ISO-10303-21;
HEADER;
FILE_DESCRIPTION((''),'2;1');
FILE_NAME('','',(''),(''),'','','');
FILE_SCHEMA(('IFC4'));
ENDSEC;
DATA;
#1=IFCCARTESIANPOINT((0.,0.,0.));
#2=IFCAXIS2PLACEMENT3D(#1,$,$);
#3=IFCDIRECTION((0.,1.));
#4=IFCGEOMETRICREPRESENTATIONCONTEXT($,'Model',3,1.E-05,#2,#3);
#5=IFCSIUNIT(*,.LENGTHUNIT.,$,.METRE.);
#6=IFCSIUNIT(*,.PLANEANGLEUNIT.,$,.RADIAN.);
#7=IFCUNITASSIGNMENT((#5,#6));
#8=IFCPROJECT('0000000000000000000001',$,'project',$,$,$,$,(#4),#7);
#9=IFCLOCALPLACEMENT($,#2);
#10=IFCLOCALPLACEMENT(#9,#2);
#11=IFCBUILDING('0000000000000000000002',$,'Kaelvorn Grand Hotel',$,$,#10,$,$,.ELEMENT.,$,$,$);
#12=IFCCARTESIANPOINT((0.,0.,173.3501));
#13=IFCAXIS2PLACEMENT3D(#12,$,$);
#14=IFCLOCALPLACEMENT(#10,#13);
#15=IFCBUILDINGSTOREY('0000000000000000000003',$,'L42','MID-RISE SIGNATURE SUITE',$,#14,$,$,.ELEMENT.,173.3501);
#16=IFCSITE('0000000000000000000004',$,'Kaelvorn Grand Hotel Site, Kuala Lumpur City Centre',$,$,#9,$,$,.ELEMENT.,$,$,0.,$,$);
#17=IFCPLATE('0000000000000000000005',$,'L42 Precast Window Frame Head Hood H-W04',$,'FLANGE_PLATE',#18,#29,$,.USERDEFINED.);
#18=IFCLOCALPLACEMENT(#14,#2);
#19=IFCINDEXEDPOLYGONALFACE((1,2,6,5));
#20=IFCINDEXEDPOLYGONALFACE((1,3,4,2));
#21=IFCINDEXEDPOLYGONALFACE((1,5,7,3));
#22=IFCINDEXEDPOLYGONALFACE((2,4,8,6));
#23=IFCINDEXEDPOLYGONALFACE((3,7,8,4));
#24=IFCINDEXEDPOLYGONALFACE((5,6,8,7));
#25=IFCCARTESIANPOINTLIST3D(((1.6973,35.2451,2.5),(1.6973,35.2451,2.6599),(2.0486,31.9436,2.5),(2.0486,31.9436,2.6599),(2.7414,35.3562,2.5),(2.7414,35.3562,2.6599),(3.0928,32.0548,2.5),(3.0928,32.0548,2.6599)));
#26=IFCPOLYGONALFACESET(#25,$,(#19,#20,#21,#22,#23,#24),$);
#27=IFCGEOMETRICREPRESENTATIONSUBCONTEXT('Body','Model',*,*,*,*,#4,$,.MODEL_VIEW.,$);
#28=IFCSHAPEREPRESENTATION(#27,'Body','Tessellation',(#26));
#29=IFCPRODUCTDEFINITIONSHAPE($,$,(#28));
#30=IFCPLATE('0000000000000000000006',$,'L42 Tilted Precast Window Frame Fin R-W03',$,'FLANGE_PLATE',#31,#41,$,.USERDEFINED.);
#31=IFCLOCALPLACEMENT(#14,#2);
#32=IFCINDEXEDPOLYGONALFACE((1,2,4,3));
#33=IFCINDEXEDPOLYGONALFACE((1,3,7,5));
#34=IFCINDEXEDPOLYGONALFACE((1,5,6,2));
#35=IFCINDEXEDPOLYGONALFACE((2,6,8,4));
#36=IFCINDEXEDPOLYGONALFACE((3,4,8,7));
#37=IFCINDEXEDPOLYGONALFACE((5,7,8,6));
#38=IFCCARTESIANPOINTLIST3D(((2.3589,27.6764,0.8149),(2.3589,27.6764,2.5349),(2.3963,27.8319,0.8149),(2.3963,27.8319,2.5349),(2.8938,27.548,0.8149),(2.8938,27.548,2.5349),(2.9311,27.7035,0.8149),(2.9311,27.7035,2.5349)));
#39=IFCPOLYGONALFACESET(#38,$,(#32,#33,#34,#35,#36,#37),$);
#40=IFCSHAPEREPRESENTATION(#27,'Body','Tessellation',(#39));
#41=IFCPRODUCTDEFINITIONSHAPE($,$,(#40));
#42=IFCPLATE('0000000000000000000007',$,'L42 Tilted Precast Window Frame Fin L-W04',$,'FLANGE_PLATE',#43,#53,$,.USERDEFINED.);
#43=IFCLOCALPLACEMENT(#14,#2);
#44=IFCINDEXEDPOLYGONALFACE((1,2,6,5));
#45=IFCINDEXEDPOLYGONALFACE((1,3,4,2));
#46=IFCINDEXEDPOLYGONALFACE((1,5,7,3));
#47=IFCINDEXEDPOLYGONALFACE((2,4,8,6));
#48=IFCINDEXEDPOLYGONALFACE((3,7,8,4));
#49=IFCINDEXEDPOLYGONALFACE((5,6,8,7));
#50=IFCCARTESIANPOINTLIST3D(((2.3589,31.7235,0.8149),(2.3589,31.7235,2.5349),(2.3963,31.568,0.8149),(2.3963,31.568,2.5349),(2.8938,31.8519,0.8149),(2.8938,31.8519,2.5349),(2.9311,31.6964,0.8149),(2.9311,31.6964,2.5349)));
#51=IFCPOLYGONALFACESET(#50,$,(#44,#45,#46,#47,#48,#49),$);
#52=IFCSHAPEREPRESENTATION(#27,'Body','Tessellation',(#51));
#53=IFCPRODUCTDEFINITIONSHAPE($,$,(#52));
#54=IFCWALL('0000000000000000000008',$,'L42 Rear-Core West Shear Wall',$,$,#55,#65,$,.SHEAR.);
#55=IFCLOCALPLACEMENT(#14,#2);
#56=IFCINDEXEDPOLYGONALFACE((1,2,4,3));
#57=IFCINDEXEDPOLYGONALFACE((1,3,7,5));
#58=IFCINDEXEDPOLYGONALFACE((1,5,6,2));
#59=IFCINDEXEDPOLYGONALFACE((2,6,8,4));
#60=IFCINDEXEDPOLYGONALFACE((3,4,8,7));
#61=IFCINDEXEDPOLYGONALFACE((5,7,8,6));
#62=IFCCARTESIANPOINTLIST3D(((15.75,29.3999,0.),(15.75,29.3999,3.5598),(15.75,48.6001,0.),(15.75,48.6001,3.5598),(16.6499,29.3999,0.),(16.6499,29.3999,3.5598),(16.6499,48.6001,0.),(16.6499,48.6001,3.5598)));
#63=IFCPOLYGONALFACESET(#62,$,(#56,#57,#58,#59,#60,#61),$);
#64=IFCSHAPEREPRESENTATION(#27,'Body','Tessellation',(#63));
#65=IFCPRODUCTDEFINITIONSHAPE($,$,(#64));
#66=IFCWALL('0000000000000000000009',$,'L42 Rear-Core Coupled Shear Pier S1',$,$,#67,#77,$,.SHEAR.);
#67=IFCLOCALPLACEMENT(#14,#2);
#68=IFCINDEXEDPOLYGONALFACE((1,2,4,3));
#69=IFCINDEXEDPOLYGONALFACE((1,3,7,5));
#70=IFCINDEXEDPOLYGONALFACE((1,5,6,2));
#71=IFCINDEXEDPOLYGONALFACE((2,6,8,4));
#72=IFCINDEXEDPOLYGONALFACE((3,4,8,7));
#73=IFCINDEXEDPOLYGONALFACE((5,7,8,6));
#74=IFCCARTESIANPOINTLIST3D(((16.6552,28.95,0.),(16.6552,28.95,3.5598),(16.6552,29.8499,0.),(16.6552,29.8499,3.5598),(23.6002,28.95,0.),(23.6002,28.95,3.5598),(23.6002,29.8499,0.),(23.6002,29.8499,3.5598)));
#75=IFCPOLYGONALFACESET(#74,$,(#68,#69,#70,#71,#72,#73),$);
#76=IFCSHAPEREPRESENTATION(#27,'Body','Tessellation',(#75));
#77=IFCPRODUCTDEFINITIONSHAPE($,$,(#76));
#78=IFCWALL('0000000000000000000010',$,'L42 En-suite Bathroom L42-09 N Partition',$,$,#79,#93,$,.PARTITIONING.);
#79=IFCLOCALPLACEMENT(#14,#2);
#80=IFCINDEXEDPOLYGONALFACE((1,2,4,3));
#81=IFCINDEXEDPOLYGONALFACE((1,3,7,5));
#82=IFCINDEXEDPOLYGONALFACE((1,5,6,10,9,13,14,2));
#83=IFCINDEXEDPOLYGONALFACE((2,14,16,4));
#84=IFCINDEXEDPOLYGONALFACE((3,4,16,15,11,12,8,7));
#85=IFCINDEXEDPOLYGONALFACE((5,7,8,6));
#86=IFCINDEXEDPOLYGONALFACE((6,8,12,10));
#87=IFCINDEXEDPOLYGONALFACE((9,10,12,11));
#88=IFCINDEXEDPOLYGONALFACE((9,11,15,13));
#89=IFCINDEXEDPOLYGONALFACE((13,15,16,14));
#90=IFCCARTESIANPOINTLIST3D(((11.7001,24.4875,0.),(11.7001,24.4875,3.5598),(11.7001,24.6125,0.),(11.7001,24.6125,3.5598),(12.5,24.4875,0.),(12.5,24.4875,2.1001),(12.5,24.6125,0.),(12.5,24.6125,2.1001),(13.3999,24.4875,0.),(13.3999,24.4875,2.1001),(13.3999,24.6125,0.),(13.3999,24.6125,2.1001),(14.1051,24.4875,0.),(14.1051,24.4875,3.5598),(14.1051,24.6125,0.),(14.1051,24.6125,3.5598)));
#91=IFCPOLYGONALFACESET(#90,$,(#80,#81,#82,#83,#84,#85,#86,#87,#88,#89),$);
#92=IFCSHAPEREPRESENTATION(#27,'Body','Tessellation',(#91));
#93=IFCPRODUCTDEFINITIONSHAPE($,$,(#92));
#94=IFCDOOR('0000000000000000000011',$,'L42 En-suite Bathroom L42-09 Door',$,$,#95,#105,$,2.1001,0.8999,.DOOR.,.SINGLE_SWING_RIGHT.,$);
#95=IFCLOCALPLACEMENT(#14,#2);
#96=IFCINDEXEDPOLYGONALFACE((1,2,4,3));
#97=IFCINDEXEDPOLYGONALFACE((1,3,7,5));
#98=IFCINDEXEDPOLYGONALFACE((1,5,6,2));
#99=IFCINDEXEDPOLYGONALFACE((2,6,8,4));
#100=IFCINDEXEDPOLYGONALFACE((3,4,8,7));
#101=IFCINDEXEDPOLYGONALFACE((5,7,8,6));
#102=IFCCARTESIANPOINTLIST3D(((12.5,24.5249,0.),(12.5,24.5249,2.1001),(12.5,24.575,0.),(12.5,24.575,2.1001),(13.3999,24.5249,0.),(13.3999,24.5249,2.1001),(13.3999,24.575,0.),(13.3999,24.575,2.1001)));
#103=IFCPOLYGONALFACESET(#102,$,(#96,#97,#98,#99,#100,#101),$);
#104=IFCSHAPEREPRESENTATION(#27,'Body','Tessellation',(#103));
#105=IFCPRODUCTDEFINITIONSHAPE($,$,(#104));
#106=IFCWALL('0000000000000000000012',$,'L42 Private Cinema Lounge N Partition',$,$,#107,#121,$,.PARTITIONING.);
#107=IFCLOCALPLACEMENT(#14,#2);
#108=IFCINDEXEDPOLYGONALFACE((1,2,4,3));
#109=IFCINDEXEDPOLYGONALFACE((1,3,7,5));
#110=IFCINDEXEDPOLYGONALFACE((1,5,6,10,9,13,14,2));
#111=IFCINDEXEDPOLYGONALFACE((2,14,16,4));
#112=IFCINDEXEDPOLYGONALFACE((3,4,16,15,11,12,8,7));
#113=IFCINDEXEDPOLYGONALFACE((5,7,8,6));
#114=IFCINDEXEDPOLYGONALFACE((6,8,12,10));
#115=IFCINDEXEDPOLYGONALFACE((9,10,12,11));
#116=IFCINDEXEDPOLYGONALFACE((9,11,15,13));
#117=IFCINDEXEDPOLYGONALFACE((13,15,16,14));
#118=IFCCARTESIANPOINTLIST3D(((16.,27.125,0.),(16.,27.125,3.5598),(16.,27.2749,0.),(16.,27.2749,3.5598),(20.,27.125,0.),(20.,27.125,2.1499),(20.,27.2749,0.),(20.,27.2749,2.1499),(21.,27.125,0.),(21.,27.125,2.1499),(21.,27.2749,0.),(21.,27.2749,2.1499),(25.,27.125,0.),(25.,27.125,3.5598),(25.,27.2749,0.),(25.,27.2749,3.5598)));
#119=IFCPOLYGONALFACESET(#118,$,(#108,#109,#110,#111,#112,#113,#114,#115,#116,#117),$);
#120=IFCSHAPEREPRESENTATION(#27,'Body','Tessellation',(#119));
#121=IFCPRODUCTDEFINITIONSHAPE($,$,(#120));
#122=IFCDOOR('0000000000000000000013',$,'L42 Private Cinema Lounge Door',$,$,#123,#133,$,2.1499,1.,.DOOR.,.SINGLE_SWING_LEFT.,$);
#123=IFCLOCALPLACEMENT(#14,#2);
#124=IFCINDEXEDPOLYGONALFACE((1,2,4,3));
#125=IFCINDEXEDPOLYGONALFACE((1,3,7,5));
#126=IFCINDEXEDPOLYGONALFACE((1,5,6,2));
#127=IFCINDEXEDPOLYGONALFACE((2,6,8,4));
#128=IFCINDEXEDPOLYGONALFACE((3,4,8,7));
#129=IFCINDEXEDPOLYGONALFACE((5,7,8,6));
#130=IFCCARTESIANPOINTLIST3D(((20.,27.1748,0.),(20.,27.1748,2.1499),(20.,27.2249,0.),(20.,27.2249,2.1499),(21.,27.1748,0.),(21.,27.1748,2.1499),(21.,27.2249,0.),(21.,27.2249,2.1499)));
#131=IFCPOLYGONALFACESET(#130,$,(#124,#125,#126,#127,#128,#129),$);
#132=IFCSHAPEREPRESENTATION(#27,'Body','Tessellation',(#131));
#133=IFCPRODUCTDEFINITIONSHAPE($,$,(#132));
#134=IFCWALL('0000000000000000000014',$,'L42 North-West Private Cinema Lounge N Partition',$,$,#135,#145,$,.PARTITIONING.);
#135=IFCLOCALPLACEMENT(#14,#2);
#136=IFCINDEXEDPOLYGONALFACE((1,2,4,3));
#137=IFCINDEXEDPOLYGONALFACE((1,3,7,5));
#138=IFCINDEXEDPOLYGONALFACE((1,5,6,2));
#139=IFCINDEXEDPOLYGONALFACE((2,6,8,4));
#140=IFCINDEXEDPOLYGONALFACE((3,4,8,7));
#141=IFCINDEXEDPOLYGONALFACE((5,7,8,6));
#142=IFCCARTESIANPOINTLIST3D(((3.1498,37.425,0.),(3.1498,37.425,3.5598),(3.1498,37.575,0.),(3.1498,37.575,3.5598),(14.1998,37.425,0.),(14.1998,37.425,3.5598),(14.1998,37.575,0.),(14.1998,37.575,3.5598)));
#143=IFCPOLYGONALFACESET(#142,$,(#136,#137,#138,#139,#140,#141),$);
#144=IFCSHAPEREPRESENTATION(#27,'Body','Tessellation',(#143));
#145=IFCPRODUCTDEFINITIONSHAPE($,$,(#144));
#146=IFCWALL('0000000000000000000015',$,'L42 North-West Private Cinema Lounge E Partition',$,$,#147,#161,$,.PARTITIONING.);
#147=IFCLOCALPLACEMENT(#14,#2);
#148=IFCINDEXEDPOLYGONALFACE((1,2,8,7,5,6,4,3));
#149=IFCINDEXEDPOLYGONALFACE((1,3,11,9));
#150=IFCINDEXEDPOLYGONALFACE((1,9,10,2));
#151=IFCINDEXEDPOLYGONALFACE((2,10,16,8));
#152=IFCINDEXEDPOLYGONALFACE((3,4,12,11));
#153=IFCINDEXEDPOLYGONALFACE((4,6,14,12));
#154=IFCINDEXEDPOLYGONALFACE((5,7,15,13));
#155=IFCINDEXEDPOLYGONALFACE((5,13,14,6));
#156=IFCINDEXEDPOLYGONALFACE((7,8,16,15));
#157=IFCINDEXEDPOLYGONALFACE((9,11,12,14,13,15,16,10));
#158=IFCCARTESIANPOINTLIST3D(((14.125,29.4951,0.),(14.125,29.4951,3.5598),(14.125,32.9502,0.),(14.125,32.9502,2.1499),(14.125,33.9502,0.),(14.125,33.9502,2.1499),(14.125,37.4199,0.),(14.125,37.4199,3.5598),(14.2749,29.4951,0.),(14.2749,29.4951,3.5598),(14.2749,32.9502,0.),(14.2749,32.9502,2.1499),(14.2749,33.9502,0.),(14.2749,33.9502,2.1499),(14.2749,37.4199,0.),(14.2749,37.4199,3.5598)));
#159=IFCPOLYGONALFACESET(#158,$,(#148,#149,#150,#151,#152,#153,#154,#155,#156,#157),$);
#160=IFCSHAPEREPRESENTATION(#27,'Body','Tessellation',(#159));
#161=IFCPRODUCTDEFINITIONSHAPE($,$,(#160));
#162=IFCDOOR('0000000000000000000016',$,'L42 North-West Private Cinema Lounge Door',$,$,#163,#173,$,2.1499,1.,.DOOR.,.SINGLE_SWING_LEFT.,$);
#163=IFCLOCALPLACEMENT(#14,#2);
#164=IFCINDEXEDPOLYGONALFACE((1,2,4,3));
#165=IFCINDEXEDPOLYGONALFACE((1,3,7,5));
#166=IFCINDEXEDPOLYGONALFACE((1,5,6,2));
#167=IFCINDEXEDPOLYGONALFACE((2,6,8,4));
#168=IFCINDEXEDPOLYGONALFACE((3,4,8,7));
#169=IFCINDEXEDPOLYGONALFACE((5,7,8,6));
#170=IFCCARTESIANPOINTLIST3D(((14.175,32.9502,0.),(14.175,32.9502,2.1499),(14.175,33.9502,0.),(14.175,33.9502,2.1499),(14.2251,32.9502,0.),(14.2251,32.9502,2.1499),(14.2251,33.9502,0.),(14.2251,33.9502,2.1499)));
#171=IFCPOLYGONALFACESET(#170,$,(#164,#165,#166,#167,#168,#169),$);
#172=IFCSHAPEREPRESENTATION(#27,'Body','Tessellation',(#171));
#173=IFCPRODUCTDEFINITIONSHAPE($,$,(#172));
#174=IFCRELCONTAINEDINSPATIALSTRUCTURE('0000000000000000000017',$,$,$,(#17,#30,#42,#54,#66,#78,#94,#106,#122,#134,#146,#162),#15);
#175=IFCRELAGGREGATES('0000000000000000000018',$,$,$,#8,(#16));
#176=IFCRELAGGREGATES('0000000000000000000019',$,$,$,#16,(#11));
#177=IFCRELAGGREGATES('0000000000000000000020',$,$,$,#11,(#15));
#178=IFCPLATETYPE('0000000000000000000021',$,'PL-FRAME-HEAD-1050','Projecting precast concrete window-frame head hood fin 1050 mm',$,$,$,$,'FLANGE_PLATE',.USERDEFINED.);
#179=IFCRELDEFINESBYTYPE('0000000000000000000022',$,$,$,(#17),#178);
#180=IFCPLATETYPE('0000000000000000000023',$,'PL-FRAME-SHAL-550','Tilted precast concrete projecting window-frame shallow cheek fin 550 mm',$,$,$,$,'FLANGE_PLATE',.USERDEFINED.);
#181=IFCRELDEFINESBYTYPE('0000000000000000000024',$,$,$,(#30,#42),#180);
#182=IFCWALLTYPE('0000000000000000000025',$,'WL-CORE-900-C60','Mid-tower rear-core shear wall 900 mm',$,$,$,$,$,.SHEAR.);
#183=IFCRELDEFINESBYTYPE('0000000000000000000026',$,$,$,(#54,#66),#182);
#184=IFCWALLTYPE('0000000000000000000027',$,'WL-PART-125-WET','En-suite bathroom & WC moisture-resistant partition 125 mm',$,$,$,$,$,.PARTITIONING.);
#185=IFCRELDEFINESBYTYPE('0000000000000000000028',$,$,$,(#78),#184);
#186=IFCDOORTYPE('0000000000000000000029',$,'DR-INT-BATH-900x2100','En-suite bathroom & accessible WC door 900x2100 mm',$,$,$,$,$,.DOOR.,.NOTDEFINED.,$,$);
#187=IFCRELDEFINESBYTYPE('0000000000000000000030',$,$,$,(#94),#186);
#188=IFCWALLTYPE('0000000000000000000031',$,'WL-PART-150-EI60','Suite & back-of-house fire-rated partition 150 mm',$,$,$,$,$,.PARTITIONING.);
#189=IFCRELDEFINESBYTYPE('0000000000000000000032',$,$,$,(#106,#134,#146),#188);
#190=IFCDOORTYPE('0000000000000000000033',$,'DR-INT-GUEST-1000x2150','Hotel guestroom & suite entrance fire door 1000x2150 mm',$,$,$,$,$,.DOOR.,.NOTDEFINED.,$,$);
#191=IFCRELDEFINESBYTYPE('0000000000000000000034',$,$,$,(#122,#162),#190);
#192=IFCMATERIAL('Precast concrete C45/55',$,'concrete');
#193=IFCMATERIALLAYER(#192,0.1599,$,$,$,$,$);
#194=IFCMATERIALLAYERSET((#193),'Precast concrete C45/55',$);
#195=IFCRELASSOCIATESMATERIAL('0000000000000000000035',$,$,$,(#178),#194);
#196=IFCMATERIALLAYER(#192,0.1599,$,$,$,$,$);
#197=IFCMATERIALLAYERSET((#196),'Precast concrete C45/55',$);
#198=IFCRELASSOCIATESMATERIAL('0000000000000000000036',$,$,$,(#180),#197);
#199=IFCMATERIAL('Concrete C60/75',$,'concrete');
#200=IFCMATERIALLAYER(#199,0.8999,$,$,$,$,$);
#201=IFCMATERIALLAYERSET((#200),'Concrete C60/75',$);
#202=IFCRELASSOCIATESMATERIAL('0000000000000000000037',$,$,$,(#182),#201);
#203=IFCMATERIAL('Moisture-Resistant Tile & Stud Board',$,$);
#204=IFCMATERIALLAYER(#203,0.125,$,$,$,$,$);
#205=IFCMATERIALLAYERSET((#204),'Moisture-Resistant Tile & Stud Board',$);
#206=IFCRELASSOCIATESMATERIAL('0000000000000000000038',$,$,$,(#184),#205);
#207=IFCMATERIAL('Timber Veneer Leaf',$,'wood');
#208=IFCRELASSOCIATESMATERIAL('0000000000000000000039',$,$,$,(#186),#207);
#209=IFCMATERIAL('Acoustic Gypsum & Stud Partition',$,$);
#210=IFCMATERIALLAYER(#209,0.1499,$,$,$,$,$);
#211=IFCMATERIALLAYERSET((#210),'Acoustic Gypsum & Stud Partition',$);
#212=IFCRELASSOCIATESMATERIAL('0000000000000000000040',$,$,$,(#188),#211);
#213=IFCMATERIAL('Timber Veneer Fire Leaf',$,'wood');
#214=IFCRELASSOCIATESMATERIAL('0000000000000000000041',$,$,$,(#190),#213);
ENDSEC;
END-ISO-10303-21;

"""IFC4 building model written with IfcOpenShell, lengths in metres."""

from ifc_helpers import new_model, si_unit, direction, frame, frame_2d, origin, origin_2d, place, context, subcontext, project, spatial, rectangle, extrude, material, layer, layer_set, type_object, element, fill, save


model = new_model("IFC4")

# Units and contexts
model_context = context("Model", 3, precision=1e-05, world=origin(), true_north=direction((0.0, 1.0)))
body_context = subcontext(model_context, "Body", "Model", "MODEL_VIEW")
ifc_project = project(units=[si_unit("LENGTHUNIT", "METRE"), si_unit("PLANEANGLEUNIT", "RADIAN")], contexts=[model_context])

# Site, building, storey
site_placement = place(None, origin())
site = spatial("IfcSite", under=ifc_project, at=site_placement, Name="Kaelvorn Grand Hotel Site, Kuala Lumpur City Centre", CompositionType="ELEMENT", RefElevation=0.0)
building_placement = place(site_placement, origin())
building = spatial("IfcBuilding", under=site, at=building_placement, Name="Kaelvorn Grand Hotel", CompositionType="ELEMENT")
storey_placement = place(building_placement, frame((0.0, 0.0, 173.3501)))
storey = spatial("IfcBuildingStorey", under=building, at=storey_placement, Name="L42", Description="MID-RISE SIGNATURE SUITE", CompositionType="ELEMENT", Elevation=173.3501)

# Shared definitions
ifc_material_1 = material(Name="Concrete C60/75", Category="concrete")

# Plates
ifc_material_2 = material(Name="Precast concrete C45/55", Category="concrete")
ifc_layer_1 = layer(ifc_material_2, 0.1599)
ifc_layer_set_1 = layer_set([ifc_layer_1], Name="Precast concrete C45/55")
plate_type_1 = type_object("IfcPlateType", Name="PL-FRAME-HEAD-1050", Description="Projecting precast concrete window-frame head hood fin 1050 mm", ElementType="FLANGE_PLATE", PredefinedType="USERDEFINED", material=ifc_layer_set_1)
for number, where, z_axis, x_axis, name in (
    (1, (2.395, 33.6499, 2.5), (0.0, 0.0, 1.0), (-0.10583, 0.994384, 0.0), "L42 Precast Window Frame Head Hood H-W04"),
):
    element("IfcPlate", number, at=place(storey_placement, frame(where, z_axis=z_axis, x_axis=x_axis)), inside=storey, type_object=plate_type_1, Name=name, ObjectType="FLANGE_PLATE", PredefinedType="USERDEFINED", context=body_context, shape_type="SweptSolid", body=[
        extrude(rectangle(XDim=3.3201, YDim=1.05, at=origin_2d()), origin(), (0.0, 0.0, 1.0), 0.1599),
    ])
ifc_layer_2 = layer(ifc_material_2, 0.1599)
ifc_layer_set_2 = layer_set([ifc_layer_2], Name="Precast concrete C45/55")
plate_type_2 = type_object("IfcPlateType", Name="PL-FRAME-SHAL-550", Description="Tilted precast concrete projecting window-frame shallow cheek fin 550 mm", ElementType="FLANGE_PLATE", PredefinedType="USERDEFINED", material=ifc_layer_set_2)
for number, where, z_axis, x_axis, name in (
    (2, (2.645, 27.6899, 0.8149), (0.0, 0.0, 1.0), (0.233445, 0.97237, 0.0), "L42 Tilted Precast Window Frame Fin R-W03"),
    (3, (2.645, 31.71, 0.8149), (0.0, 0.0, 1.0), (-0.233445, 0.97237, 0.0), "L42 Tilted Precast Window Frame Fin L-W04"),
):
    element("IfcPlate", number, at=place(storey_placement, frame(where, z_axis=z_axis, x_axis=x_axis)), inside=storey, type_object=plate_type_2, Name=name, ObjectType="FLANGE_PLATE", PredefinedType="USERDEFINED", context=body_context, shape_type="SweptSolid", body=[
        extrude(rectangle(XDim=0.1599, YDim=0.55, at=origin_2d()), origin(), (0.0, 0.0, 1.0), 1.72),
    ])

# Walls
ifc_layer_3 = layer(ifc_material_1, 0.8999)
ifc_layer_set_3 = layer_set([ifc_layer_3], Name="Concrete C60/75")
wall_type_1 = type_object("IfcWallType", Name="WL-CORE-900-C60", Description="Mid-tower rear-core shear wall 900 mm", PredefinedType="SHEAR", material=ifc_layer_set_3)
wall_1_placement = place(storey_placement, frame((16.2, 29.3999, 0.0), z_axis=(0.0, 0.0, 1.0), x_axis=(0.0, 1.0, 0.0)))
element("IfcWall", 4, at=wall_1_placement, inside=storey, type_object=wall_type_1, Name="L42 Rear-Core West Shear Wall", PredefinedType="SHEAR", context=body_context, shape_type="SweptSolid", body=[
    extrude(rectangle(XDim=19.2002, YDim=0.8999, at=frame_2d((9.6001, 0.0))), origin(), (0.0, 0.0, 1.0), 3.5598),
])
wall_2_placement = place(storey_placement, frame((16.655, 29.3999, 0.0), z_axis=(0.0, 0.0, 1.0), x_axis=(1.0, 0.0, 0.0)))
element("IfcWall", 5, at=wall_2_placement, inside=storey, type_object=wall_type_1, Name="L42 Rear-Core Coupled Shear Pier S1", PredefinedType="SHEAR", context=body_context, shape_type="SweptSolid", body=[
    extrude(rectangle(XDim=6.9451, YDim=0.8999, at=frame_2d((3.4727, 0.0))), origin(), (0.0, 0.0, 1.0), 3.5598),
])

# Walls, openings, doors
ifc_material_3 = material(Name="Moisture-Resistant Tile & Stud Board")
ifc_layer_4 = layer(ifc_material_3, 0.125)
ifc_layer_set_4 = layer_set([ifc_layer_4], Name="Moisture-Resistant Tile & Stud Board")
wall_type_2 = type_object("IfcWallType", Name="WL-PART-125-WET", Description="En-suite bathroom & WC moisture-resistant partition 125 mm", PredefinedType="PARTITIONING", material=ifc_layer_set_4)
wall_3_placement = place(storey_placement, frame((11.7, 24.55, 0.0), z_axis=(0.0, 0.0, 1.0), x_axis=(1.0, 0.0, 0.0)))
wall_3 = element("IfcWall", 6, at=wall_3_placement, inside=storey, type_object=wall_type_2, Name="L42 En-suite Bathroom L42-09 N Partition", PredefinedType="PARTITIONING", context=body_context, shape_type="SweptSolid", body=[
    extrude(rectangle(XDim=2.405, YDim=0.125, at=frame_2d((1.2026, 0.0))), origin(), (0.0, 0.0, 1.0), 3.5598),
])
opening_1_placement = place(wall_3_placement, frame((0.8, 0.0, 0.0)))
opening_1 = element("IfcOpeningElement", 7, at=opening_1_placement, cuts=wall_3, PredefinedType="OPENING", context=body_context, shape_type="SweptSolid", body=[
    extrude(rectangle(XDim=0.8999, YDim=2.1001, at=frame_2d((0.45, 1.05))), frame((0.0, 0.0725, 0.0), z_axis=(0.0, -1.0, 0.0), x_axis=(1.0, 0.0, 0.0)), (0.0, 0.0, 1.0), 0.145),
])
ifc_material_4 = material(Name="Timber Veneer Leaf", Category="wood")
door_type_1 = type_object("IfcDoorType", Name="DR-INT-BATH-900x2100", Description="En-suite bathroom & accessible WC door 900x2100 mm", OperationType="NOTDEFINED", PredefinedType="DOOR", material=ifc_material_4)
door_1_placement = place(opening_1_placement, origin())
door_1 = element("IfcDoor", 8, at=door_1_placement, inside=storey, type_object=door_type_1, Name="L42 En-suite Bathroom L42-09 Door", OperationType="SINGLE_SWING_RIGHT", OverallHeight=2.1001, OverallWidth=0.8999, PredefinedType="DOOR", context=body_context, shape_type="SweptSolid", body=[
    extrude(rectangle(XDim=0.8999, YDim=2.1001, at=frame_2d((0.45, 1.05))), frame((0.0, 0.0249, 0.0), z_axis=(0.0, -1.0, 0.0), x_axis=(1.0, 0.0, 0.0)), (0.0, 0.0, 1.0), 0.05),
])
fill(opening_1, door_1)
ifc_material_5 = material(Name="Acoustic Gypsum & Stud Partition")
ifc_layer_5 = layer(ifc_material_5, 0.1499)
ifc_layer_set_5 = layer_set([ifc_layer_5], Name="Acoustic Gypsum & Stud Partition")
wall_type_3 = type_object("IfcWallType", Name="WL-PART-150-EI60", Description="Suite & back-of-house fire-rated partition 150 mm", PredefinedType="PARTITIONING", material=ifc_layer_set_5)
wall_4_placement = place(storey_placement, frame((16.0, 27.2, 0.0), z_axis=(0.0, 0.0, 1.0), x_axis=(1.0, 0.0, 0.0)))
wall_4 = element("IfcWall", 9, at=wall_4_placement, inside=storey, type_object=wall_type_3, Name="L42 Private Cinema Lounge N Partition", PredefinedType="PARTITIONING", context=body_context, shape_type="SweptSolid", body=[
    extrude(rectangle(XDim=9.0, YDim=0.1499, at=frame_2d((4.5, 0.0))), origin(), (0.0, 0.0, 1.0), 3.5598),
])
opening_2_placement = place(wall_4_placement, frame((4.0, 0.0, 0.0)))
opening_2 = element("IfcOpeningElement", 10, at=opening_2_placement, cuts=wall_4, PredefinedType="OPENING", context=body_context, shape_type="SweptSolid", body=[
    extrude(rectangle(XDim=1.0, YDim=2.1499, at=frame_2d((0.5, 1.075))), frame((0.0, 0.085, 0.0), z_axis=(0.0, -1.0, 0.0), x_axis=(1.0, 0.0, 0.0)), (0.0, 0.0, 1.0), 0.1699),
])
ifc_material_6 = material(Name="Timber Veneer Fire Leaf", Category="wood")
door_type_2 = type_object("IfcDoorType", Name="DR-INT-GUEST-1000x2150", Description="Hotel guestroom & suite entrance fire door 1000x2150 mm", OperationType="NOTDEFINED", PredefinedType="DOOR", material=ifc_material_6)
door_2_placement = place(opening_2_placement, origin())
door_2 = element("IfcDoor", 11, at=door_2_placement, inside=storey, type_object=door_type_2, Name="L42 Private Cinema Lounge Door", OperationType="SINGLE_SWING_LEFT", OverallHeight=2.1499, OverallWidth=1.0, PredefinedType="DOOR", context=body_context, shape_type="SweptSolid", body=[
    extrude(rectangle(XDim=1.0, YDim=2.1499, at=frame_2d((0.5, 1.075))), frame((0.0, 0.0249, 0.0), z_axis=(0.0, -1.0, 0.0), x_axis=(1.0, 0.0, 0.0)), (0.0, 0.0, 1.0), 0.05),
])
fill(opening_2, door_2)

# Wall
wall_5_placement = place(storey_placement, frame((3.1499, 37.5, 0.0), z_axis=(0.0, 0.0, 1.0), x_axis=(1.0, 0.0, 0.0)))
element("IfcWall", 12, at=wall_5_placement, inside=storey, type_object=wall_type_3, Name="L42 North-West Private Cinema Lounge N Partition", PredefinedType="PARTITIONING", context=body_context, shape_type="SweptSolid", body=[
    extrude(rectangle(XDim=11.05, YDim=0.1499, at=frame_2d((5.5249, 0.0))), origin(), (0.0, 0.0, 1.0), 3.5598),
])

# Wall, opening, door
wall_6_placement = place(storey_placement, frame((14.2, 29.4951, 0.0), z_axis=(0.0, 0.0, 1.0), x_axis=(0.0, 1.0, 0.0)))
wall_6 = element("IfcWall", 13, at=wall_6_placement, inside=storey, type_object=wall_type_3, Name="L42 North-West Private Cinema Lounge E Partition", PredefinedType="PARTITIONING", context=body_context, shape_type="SweptSolid", body=[
    extrude(rectangle(XDim=7.9248, YDim=0.1499, at=frame_2d((3.9624, 0.0))), origin(), (0.0, 0.0, 1.0), 3.5598),
])
opening_3_placement = place(wall_6_placement, frame((3.4551, 0.0, 0.0)))
opening_3 = element("IfcOpeningElement", 14, at=opening_3_placement, cuts=wall_6, PredefinedType="OPENING", context=body_context, shape_type="SweptSolid", body=[
    extrude(rectangle(XDim=1.0, YDim=2.1499, at=frame_2d((0.5, 1.075))), frame((0.0, 0.085, 0.0), z_axis=(0.0, -1.0, 0.0), x_axis=(1.0, 0.0, 0.0)), (0.0, 0.0, 1.0), 0.1699),
])
door_3_placement = place(opening_3_placement, origin())
door_3 = element("IfcDoor", 15, at=door_3_placement, inside=storey, type_object=door_type_2, Name="L42 North-West Private Cinema Lounge Door", OperationType="SINGLE_SWING_LEFT", OverallHeight=2.1499, OverallWidth=1.0, PredefinedType="DOOR", context=body_context, shape_type="SweptSolid", body=[
    extrude(rectangle(XDim=1.0, YDim=2.1499, at=frame_2d((0.5, 1.075))), frame((0.0, 0.0249, 0.0), z_axis=(0.0, -1.0, 0.0), x_axis=(1.0, 0.0, 0.0)), (0.0, 0.0, 1.0), 0.05),
])
fill(opening_3, door_3)

save(model, "model.ifc")
